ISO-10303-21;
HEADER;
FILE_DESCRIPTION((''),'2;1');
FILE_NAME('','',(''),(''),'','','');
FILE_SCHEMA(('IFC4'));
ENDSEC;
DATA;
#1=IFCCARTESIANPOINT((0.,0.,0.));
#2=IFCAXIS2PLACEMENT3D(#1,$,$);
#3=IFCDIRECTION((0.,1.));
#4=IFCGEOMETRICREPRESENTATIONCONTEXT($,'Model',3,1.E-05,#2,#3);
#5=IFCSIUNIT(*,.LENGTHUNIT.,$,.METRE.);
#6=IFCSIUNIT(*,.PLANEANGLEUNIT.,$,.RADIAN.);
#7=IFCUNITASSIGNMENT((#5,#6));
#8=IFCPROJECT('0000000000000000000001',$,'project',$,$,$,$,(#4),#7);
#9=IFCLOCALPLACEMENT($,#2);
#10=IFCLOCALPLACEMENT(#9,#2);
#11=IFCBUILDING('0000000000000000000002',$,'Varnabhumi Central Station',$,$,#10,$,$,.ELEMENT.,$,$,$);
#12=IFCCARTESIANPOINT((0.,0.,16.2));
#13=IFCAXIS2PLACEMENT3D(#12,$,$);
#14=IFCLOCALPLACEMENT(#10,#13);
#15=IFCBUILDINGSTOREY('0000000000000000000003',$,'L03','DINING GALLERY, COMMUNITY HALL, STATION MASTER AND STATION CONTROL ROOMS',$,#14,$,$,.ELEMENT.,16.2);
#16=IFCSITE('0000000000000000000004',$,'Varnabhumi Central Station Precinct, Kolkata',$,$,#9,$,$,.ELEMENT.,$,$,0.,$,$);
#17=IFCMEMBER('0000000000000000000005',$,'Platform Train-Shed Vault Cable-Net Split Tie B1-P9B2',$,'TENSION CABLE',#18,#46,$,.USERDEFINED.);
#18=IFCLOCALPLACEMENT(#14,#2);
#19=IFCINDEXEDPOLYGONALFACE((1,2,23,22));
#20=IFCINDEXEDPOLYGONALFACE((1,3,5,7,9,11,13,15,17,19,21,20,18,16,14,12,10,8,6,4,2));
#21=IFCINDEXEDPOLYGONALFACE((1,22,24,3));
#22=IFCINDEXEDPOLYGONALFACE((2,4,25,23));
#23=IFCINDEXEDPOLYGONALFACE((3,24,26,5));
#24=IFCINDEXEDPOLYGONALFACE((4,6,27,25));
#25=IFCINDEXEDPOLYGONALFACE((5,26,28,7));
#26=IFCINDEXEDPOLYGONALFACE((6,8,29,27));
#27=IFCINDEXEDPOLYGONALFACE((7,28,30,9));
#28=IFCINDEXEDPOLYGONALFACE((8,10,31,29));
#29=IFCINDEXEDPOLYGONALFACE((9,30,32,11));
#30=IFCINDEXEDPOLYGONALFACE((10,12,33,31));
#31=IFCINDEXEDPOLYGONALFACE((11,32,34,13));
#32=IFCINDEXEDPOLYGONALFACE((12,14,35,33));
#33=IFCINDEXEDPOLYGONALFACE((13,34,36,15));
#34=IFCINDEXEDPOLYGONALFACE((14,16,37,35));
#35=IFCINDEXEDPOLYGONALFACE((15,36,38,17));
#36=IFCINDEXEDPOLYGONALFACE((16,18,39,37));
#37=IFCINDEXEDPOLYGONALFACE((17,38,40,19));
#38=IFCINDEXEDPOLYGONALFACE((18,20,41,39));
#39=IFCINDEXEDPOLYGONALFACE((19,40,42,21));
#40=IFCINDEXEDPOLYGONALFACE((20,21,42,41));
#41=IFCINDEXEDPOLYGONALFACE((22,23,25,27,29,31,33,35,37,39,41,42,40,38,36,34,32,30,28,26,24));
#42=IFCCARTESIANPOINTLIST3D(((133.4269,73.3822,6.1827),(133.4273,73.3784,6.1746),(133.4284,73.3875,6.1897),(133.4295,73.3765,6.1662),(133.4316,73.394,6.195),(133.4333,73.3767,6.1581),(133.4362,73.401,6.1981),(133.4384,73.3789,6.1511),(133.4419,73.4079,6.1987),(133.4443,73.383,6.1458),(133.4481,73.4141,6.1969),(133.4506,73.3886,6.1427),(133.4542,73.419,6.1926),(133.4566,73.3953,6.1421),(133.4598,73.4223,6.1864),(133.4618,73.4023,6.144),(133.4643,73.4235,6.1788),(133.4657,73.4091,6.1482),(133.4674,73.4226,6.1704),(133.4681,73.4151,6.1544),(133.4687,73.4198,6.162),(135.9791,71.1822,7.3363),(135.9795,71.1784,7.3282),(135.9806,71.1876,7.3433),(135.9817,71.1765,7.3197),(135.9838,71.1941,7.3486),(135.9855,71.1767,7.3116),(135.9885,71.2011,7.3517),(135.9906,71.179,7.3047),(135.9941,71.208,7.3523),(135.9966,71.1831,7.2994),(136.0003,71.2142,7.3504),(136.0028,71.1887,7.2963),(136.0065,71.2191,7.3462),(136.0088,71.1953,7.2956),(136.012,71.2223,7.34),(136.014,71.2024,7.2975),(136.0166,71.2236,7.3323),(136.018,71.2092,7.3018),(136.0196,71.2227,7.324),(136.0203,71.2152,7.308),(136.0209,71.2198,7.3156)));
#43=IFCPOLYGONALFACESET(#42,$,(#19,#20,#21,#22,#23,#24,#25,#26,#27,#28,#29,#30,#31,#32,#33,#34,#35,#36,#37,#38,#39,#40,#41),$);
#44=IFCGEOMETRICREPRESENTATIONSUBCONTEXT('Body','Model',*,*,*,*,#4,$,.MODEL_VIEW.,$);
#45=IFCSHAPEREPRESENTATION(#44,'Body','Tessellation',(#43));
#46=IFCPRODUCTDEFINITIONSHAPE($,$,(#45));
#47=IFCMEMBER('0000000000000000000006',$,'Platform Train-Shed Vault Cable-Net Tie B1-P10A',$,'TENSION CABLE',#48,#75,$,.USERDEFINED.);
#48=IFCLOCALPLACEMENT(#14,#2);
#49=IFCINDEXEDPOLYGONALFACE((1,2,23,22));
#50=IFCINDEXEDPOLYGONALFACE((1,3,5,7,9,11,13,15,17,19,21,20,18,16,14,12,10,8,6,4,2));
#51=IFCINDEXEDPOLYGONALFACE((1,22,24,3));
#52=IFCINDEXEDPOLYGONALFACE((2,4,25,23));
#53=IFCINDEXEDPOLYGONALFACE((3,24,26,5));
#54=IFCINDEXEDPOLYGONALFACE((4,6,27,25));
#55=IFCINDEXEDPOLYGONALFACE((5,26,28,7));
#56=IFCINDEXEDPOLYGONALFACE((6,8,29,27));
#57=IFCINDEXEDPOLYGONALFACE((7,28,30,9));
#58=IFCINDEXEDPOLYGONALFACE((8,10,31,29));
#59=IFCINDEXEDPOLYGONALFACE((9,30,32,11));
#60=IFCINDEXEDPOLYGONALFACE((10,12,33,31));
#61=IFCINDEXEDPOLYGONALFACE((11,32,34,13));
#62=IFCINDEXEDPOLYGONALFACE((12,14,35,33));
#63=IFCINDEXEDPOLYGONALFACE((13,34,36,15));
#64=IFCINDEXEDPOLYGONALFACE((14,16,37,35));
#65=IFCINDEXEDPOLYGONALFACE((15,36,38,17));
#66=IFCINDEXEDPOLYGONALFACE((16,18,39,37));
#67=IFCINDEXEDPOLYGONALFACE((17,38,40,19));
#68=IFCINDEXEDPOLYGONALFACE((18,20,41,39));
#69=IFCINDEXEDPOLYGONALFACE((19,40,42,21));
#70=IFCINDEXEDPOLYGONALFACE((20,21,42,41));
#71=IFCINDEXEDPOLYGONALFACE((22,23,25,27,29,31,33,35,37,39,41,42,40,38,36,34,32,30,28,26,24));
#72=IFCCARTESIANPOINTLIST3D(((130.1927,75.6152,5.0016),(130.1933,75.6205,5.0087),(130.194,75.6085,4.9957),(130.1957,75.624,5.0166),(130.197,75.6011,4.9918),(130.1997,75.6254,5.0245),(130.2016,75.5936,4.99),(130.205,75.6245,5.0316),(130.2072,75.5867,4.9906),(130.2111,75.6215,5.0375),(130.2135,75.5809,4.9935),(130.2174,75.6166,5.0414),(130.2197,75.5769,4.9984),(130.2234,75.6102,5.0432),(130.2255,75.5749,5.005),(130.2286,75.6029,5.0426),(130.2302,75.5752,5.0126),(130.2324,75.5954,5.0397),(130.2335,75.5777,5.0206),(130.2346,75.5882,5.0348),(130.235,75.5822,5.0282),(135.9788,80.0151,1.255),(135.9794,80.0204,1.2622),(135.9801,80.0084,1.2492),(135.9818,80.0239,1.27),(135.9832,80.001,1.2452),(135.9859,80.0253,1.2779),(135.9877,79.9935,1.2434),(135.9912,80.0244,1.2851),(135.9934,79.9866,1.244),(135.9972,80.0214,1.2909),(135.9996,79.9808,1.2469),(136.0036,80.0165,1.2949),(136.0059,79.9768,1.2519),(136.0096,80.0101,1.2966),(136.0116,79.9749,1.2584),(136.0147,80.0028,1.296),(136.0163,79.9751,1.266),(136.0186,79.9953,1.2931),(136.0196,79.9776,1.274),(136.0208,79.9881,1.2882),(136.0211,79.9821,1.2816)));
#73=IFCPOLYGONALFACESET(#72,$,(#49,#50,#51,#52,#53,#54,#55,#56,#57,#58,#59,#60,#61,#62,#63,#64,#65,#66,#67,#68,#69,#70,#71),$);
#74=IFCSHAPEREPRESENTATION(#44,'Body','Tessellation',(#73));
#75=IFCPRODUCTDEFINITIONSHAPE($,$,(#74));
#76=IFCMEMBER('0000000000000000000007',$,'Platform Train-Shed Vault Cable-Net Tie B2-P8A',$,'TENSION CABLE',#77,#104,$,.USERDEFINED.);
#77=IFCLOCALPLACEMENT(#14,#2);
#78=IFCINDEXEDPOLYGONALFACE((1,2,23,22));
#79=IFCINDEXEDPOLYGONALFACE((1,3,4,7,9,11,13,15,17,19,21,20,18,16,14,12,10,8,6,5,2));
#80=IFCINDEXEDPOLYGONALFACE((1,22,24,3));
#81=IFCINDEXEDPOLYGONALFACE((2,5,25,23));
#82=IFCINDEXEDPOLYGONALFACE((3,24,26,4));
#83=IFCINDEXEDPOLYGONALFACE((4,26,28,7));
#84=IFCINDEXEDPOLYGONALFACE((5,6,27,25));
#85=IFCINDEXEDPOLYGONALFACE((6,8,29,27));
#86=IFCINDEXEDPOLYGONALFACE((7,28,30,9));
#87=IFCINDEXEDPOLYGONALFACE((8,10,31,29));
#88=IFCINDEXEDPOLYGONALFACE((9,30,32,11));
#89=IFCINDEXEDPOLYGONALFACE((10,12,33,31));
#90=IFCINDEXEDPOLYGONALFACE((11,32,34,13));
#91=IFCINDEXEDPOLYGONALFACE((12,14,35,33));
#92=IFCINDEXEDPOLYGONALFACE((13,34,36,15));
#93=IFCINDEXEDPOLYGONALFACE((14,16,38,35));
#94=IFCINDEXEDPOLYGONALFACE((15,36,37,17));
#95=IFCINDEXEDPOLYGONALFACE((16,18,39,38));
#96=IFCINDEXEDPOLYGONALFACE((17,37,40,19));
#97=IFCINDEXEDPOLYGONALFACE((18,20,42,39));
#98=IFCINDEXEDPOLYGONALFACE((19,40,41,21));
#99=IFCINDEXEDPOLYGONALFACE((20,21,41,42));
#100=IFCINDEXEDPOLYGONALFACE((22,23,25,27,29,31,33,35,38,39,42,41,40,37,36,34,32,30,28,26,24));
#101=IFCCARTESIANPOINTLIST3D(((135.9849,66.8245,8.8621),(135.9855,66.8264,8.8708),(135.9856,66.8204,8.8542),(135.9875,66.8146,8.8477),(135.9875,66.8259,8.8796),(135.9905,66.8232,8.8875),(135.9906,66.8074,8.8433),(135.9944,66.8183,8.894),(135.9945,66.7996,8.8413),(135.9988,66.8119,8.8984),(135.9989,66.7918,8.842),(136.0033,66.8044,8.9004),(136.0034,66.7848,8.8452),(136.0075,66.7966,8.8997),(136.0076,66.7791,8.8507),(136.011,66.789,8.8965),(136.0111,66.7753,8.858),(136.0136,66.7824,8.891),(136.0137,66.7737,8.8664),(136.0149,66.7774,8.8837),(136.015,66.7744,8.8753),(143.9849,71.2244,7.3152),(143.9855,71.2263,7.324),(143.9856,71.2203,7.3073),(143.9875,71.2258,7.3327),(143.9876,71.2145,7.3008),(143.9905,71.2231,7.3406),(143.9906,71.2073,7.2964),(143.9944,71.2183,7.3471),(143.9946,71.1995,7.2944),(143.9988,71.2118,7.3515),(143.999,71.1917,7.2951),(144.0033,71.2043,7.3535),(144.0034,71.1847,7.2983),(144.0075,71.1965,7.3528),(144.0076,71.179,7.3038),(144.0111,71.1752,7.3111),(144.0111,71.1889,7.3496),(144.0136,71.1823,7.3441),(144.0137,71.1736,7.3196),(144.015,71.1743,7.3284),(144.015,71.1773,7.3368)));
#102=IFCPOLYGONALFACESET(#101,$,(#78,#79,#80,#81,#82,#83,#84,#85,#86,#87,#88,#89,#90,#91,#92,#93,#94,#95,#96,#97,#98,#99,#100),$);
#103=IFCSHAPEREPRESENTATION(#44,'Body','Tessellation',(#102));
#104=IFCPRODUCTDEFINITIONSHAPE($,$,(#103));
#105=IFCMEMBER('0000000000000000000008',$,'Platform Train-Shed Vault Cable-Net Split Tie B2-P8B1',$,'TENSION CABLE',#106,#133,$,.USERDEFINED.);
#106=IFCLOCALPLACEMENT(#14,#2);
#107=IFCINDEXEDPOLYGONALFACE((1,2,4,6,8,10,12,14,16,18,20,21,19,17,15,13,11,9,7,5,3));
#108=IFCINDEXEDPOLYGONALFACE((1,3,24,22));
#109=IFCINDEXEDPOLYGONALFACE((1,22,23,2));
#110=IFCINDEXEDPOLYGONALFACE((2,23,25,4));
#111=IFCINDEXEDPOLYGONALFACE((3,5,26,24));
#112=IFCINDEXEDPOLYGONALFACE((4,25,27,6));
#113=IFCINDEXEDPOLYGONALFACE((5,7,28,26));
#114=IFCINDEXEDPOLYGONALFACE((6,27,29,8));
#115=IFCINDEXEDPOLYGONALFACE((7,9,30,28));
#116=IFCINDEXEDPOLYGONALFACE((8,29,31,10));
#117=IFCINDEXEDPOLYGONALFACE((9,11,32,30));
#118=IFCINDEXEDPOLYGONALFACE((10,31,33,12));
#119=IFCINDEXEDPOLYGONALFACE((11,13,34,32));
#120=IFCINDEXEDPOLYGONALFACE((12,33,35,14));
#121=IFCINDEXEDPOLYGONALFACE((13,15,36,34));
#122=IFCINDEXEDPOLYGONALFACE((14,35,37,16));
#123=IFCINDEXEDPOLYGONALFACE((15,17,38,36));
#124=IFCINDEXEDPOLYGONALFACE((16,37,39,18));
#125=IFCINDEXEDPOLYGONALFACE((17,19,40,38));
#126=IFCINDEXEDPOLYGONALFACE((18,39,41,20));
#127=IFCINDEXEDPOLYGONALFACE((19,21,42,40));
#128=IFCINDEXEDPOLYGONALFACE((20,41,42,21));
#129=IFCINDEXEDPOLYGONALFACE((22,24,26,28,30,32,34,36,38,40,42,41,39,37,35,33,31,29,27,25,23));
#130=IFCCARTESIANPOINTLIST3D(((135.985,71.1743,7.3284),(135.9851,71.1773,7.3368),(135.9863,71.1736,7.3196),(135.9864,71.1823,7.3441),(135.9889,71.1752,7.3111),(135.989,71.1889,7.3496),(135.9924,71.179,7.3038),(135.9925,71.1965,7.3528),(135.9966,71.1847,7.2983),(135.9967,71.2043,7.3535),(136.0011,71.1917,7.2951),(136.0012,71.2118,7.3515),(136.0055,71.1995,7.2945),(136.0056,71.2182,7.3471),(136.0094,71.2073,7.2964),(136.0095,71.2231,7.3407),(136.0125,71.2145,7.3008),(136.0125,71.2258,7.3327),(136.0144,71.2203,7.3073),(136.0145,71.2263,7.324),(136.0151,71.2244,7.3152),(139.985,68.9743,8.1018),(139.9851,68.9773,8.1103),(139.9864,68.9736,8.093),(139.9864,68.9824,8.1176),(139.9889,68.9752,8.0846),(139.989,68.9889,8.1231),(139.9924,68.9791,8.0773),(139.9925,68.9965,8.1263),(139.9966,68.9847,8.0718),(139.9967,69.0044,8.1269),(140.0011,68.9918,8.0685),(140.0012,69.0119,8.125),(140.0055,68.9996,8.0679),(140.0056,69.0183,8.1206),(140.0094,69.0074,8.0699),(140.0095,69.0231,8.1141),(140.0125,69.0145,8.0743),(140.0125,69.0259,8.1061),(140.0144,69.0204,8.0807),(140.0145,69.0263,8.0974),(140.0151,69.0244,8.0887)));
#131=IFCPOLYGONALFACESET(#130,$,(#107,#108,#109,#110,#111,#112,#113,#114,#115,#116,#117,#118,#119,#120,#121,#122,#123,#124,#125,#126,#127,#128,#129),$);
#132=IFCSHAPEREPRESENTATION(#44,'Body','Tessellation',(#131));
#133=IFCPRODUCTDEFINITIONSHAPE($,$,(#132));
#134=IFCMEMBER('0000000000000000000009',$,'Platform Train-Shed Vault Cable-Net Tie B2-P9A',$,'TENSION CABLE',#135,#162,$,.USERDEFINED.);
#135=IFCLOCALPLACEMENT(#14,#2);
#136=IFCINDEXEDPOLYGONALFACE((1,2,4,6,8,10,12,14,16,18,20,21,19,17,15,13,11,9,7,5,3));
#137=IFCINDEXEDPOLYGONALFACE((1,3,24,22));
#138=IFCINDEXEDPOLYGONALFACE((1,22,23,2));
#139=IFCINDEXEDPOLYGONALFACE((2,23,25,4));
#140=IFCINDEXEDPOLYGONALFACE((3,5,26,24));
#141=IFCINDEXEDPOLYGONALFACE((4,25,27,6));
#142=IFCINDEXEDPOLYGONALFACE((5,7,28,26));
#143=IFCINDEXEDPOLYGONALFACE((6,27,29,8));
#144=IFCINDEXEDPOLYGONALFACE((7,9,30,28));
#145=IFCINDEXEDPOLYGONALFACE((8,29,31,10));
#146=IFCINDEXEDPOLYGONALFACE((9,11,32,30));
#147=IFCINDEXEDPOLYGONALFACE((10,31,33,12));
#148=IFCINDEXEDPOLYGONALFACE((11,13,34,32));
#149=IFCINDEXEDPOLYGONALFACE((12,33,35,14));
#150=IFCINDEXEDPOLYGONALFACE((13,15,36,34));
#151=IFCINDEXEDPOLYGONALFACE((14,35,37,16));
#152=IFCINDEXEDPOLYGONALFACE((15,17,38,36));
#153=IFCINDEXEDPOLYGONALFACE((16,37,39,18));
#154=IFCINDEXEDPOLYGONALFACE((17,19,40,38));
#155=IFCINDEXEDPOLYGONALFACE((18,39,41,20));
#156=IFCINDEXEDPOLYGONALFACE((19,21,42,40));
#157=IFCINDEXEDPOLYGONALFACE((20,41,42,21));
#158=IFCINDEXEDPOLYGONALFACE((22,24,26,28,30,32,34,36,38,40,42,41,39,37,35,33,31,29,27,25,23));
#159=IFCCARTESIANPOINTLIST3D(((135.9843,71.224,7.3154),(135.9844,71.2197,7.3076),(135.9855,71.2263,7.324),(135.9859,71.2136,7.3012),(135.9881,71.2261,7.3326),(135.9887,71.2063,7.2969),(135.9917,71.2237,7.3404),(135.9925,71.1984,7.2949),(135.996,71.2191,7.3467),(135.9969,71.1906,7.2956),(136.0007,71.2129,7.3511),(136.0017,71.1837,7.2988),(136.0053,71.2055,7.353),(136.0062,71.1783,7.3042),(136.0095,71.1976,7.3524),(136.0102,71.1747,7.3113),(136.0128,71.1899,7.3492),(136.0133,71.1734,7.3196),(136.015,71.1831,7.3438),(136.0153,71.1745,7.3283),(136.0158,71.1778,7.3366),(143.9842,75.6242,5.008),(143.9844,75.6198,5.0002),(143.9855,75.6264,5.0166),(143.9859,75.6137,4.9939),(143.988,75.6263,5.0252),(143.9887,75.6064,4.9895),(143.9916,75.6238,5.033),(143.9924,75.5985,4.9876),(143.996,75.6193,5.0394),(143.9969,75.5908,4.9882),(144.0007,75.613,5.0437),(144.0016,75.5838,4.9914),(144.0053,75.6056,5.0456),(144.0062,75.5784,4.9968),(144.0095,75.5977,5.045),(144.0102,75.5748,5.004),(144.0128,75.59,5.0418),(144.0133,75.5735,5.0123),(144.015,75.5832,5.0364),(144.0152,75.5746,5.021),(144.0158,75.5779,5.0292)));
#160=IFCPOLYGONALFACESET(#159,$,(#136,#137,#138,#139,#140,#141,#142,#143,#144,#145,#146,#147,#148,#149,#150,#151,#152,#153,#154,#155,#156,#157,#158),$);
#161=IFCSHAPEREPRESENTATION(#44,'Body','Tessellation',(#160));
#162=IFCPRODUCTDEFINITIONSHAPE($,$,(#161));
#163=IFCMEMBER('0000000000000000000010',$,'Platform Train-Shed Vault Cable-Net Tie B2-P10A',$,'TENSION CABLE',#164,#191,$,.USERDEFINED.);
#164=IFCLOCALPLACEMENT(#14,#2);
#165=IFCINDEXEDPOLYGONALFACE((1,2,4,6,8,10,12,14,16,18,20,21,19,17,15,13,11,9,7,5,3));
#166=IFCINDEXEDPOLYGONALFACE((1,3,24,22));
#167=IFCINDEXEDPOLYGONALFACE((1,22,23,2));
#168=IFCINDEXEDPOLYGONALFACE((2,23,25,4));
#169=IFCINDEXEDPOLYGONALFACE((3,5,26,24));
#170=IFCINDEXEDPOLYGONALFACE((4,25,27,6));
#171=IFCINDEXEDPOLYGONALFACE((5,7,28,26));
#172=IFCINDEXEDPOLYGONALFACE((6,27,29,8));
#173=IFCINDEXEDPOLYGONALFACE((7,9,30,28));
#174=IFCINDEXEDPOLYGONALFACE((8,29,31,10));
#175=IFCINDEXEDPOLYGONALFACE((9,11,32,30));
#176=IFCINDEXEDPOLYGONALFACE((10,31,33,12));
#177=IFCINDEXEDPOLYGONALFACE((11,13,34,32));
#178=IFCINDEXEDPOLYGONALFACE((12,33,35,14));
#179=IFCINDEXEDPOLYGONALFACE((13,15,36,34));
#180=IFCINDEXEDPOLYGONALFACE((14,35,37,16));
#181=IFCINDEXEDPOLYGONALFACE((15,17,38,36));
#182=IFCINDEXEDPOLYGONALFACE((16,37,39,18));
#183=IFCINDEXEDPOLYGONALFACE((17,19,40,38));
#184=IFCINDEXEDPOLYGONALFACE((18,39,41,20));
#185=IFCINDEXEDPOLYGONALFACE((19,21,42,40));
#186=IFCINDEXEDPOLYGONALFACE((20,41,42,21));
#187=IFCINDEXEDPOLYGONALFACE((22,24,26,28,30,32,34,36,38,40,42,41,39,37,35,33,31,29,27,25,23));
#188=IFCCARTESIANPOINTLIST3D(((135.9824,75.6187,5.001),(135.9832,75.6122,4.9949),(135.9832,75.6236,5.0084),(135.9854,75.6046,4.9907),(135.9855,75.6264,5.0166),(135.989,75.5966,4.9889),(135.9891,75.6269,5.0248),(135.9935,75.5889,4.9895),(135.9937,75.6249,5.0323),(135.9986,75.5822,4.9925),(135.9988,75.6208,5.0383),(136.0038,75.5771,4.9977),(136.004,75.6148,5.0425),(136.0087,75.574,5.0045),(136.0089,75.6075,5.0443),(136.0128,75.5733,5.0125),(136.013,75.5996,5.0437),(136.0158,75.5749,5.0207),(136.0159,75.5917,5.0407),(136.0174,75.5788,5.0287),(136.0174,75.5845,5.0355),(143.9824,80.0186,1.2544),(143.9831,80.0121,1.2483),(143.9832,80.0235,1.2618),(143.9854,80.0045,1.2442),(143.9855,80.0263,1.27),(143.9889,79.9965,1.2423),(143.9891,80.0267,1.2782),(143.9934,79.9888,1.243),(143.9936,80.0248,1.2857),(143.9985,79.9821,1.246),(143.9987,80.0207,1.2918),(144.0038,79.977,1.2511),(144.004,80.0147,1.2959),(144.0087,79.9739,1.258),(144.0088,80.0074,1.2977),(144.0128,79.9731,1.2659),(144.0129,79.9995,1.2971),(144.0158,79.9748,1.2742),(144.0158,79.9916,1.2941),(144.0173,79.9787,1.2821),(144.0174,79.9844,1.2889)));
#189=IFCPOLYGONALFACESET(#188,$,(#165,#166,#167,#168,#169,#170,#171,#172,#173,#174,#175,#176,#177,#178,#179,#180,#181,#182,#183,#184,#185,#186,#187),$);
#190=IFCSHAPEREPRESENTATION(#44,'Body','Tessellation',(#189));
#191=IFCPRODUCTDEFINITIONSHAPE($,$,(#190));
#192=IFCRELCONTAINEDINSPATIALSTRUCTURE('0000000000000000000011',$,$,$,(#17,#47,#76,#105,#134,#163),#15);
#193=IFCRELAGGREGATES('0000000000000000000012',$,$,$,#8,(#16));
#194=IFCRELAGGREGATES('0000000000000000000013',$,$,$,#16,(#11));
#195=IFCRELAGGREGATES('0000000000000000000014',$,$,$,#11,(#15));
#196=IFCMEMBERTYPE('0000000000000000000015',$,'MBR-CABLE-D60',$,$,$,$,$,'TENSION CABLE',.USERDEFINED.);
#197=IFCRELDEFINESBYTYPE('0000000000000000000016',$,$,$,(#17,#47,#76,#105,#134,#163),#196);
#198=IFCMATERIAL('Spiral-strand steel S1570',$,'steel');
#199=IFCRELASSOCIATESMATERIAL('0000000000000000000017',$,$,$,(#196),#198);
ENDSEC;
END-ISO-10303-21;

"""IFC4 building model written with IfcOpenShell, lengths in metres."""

from ifc_helpers import new_model, si_unit, direction, frame, origin, origin_2d, place, context, subcontext, project, spatial, circle, extrude, material, material_profile, profile_set, type_object, element, save


model = new_model("IFC4")

# Units and contexts
model_context = context("Model", 3, precision=1e-05, world=origin(), true_north=direction((0.0, 1.0)))
body_context = subcontext(model_context, "Body", "Model", "MODEL_VIEW")
ifc_project = project(units=[si_unit("LENGTHUNIT", "METRE"), si_unit("PLANEANGLEUNIT", "RADIAN")], contexts=[model_context])

# Site, building, storey
site_placement = place(None, origin())
site = spatial("IfcSite", under=ifc_project, at=site_placement, Name="Varnabhumi Central Station Precinct, Kolkata", CompositionType="ELEMENT", RefElevation=0.0)
building_placement = place(site_placement, origin())
building = spatial("IfcBuilding", under=site, at=building_placement, Name="Varnabhumi Central Station", CompositionType="ELEMENT")
storey_placement = place(building_placement, frame((0.0, 0.0, 16.2)))
storey = spatial("IfcBuildingStorey", under=building, at=storey_placement, Name="L03", Description="DINING GALLERY, COMMUNITY HALL, STATION MASTER AND STATION CONTROL ROOMS", CompositionType="ELEMENT", Elevation=16.2)

# Members
ifc_material_1 = material(Name="Spiral-strand steel S1570", Category="steel")
ifc_material_profile_1 = material_profile(ifc_material_1, circle(Radius=0.03, at=origin_2d()), Name="Spiral-strand steel S1570", Category="steel")
ifc_profile_set_1 = profile_set([ifc_material_profile_1], Name="Spiral-strand steel S1570")
member_type_1 = type_object("IfcMemberType", Name="MBR-CABLE-D60", ElementType="TENSION CABLE", PredefinedType="USERDEFINED", material=ifc_profile_set_1)
member_1_placement = place(storey_placement, frame((133.4478, 73.3999, 6.1704), z_axis=(0.716616, -0.617699, 0.323896), x_axis=(0.652895, 0.757448, 0.0)))
element("IfcMember", 1, at=member_1_placement, inside=storey, type_object=member_type_1, Name="Platform Train-Shed Vault Cable-Net Split Tie B1-P9B2", ObjectType="TENSION CABLE", PredefinedType="USERDEFINED", context=body_context, shape_type="SweptSolid", body=[
    extrude(circle(Radius=0.03, at=origin_2d()), origin(), (0.0, 0.0, 1.0), 3.5615),
])
member_2_placement = place(storey_placement, frame((130.2139, 75.6001, 5.0166), z_axis=(0.707547, 0.538034, -0.458144), x_axis=(-0.605296, 0.796, 0.0)))
element("IfcMember", 2, at=member_2_placement, inside=storey, type_object=member_type_1, Name="Platform Train-Shed Vault Cable-Net Tie B1-P10A", ObjectType="TENSION CABLE", PredefinedType="USERDEFINED", context=body_context, shape_type="SweptSolid", body=[
    extrude(circle(Radius=0.03, at=origin_2d()), origin(), (0.0, 0.0, 1.0), 8.1777),
])
member_3_placement = place(storey_placement, frame((136.0, 66.8, 8.8708), z_axis=(0.863909, 0.475139, -0.167045), x_axis=(-0.481911, 0.87622, 0.0)))
element("IfcMember", 3, at=member_3_placement, inside=storey, type_object=member_type_1, Name="Platform Train-Shed Vault Cable-Net Tie B2-P8A", ObjectType="TENSION CABLE", PredefinedType="USERDEFINED", context=body_context, shape_type="SweptSolid", body=[
    extrude(circle(Radius=0.03, at=origin_2d()), origin(), (0.0, 0.0, 1.0), 9.2603),
])
member_4_placement = place(storey_placement, frame((136.0, 71.2, 7.324), z_axis=(0.863909, -0.475139, 0.167045), x_axis=(0.481911, 0.87622, 0.0)))
element("IfcMember", 4, at=member_4_placement, inside=storey, type_object=member_type_1, Name="Platform Train-Shed Vault Cable-Net Split Tie B2-P8B1", ObjectType="TENSION CABLE", PredefinedType="USERDEFINED", context=body_context, shape_type="SweptSolid", body=[
    extrude(circle(Radius=0.03, at=origin_2d()), origin(), (0.0, 0.0, 1.0), 4.6301),
])
member_5_placement = place(storey_placement, frame((136.0, 71.2, 7.324), z_axis=(0.849502, 0.467242, -0.245015), x_axis=(-0.481931, 0.876209, 0.0)))
element("IfcMember", 5, at=member_5_placement, inside=storey, type_object=member_type_1, Name="Platform Train-Shed Vault Cable-Net Tie B2-P9A", ObjectType="TENSION CABLE", PredefinedType="USERDEFINED", context=body_context, shape_type="SweptSolid", body=[
    extrude(circle(Radius=0.03, at=origin_2d()), origin(), (0.0, 0.0, 1.0), 9.4172),
])
member_6_placement = place(storey_placement, frame((136.0, 75.6001, 5.0166), z_axis=(0.810624, 0.445833, -0.379634), x_axis=(-0.481911, 0.87622, 0.0)))
element("IfcMember", 6, at=member_6_placement, inside=storey, type_object=member_type_1, Name="Platform Train-Shed Vault Cable-Net Tie B2-P10A", ObjectType="TENSION CABLE", PredefinedType="USERDEFINED", context=body_context, shape_type="SweptSolid", body=[
    extrude(circle(Radius=0.03, at=origin_2d()), origin(), (0.0, 0.0, 1.0), 9.8689),
])

save(model, "model.ifc")
